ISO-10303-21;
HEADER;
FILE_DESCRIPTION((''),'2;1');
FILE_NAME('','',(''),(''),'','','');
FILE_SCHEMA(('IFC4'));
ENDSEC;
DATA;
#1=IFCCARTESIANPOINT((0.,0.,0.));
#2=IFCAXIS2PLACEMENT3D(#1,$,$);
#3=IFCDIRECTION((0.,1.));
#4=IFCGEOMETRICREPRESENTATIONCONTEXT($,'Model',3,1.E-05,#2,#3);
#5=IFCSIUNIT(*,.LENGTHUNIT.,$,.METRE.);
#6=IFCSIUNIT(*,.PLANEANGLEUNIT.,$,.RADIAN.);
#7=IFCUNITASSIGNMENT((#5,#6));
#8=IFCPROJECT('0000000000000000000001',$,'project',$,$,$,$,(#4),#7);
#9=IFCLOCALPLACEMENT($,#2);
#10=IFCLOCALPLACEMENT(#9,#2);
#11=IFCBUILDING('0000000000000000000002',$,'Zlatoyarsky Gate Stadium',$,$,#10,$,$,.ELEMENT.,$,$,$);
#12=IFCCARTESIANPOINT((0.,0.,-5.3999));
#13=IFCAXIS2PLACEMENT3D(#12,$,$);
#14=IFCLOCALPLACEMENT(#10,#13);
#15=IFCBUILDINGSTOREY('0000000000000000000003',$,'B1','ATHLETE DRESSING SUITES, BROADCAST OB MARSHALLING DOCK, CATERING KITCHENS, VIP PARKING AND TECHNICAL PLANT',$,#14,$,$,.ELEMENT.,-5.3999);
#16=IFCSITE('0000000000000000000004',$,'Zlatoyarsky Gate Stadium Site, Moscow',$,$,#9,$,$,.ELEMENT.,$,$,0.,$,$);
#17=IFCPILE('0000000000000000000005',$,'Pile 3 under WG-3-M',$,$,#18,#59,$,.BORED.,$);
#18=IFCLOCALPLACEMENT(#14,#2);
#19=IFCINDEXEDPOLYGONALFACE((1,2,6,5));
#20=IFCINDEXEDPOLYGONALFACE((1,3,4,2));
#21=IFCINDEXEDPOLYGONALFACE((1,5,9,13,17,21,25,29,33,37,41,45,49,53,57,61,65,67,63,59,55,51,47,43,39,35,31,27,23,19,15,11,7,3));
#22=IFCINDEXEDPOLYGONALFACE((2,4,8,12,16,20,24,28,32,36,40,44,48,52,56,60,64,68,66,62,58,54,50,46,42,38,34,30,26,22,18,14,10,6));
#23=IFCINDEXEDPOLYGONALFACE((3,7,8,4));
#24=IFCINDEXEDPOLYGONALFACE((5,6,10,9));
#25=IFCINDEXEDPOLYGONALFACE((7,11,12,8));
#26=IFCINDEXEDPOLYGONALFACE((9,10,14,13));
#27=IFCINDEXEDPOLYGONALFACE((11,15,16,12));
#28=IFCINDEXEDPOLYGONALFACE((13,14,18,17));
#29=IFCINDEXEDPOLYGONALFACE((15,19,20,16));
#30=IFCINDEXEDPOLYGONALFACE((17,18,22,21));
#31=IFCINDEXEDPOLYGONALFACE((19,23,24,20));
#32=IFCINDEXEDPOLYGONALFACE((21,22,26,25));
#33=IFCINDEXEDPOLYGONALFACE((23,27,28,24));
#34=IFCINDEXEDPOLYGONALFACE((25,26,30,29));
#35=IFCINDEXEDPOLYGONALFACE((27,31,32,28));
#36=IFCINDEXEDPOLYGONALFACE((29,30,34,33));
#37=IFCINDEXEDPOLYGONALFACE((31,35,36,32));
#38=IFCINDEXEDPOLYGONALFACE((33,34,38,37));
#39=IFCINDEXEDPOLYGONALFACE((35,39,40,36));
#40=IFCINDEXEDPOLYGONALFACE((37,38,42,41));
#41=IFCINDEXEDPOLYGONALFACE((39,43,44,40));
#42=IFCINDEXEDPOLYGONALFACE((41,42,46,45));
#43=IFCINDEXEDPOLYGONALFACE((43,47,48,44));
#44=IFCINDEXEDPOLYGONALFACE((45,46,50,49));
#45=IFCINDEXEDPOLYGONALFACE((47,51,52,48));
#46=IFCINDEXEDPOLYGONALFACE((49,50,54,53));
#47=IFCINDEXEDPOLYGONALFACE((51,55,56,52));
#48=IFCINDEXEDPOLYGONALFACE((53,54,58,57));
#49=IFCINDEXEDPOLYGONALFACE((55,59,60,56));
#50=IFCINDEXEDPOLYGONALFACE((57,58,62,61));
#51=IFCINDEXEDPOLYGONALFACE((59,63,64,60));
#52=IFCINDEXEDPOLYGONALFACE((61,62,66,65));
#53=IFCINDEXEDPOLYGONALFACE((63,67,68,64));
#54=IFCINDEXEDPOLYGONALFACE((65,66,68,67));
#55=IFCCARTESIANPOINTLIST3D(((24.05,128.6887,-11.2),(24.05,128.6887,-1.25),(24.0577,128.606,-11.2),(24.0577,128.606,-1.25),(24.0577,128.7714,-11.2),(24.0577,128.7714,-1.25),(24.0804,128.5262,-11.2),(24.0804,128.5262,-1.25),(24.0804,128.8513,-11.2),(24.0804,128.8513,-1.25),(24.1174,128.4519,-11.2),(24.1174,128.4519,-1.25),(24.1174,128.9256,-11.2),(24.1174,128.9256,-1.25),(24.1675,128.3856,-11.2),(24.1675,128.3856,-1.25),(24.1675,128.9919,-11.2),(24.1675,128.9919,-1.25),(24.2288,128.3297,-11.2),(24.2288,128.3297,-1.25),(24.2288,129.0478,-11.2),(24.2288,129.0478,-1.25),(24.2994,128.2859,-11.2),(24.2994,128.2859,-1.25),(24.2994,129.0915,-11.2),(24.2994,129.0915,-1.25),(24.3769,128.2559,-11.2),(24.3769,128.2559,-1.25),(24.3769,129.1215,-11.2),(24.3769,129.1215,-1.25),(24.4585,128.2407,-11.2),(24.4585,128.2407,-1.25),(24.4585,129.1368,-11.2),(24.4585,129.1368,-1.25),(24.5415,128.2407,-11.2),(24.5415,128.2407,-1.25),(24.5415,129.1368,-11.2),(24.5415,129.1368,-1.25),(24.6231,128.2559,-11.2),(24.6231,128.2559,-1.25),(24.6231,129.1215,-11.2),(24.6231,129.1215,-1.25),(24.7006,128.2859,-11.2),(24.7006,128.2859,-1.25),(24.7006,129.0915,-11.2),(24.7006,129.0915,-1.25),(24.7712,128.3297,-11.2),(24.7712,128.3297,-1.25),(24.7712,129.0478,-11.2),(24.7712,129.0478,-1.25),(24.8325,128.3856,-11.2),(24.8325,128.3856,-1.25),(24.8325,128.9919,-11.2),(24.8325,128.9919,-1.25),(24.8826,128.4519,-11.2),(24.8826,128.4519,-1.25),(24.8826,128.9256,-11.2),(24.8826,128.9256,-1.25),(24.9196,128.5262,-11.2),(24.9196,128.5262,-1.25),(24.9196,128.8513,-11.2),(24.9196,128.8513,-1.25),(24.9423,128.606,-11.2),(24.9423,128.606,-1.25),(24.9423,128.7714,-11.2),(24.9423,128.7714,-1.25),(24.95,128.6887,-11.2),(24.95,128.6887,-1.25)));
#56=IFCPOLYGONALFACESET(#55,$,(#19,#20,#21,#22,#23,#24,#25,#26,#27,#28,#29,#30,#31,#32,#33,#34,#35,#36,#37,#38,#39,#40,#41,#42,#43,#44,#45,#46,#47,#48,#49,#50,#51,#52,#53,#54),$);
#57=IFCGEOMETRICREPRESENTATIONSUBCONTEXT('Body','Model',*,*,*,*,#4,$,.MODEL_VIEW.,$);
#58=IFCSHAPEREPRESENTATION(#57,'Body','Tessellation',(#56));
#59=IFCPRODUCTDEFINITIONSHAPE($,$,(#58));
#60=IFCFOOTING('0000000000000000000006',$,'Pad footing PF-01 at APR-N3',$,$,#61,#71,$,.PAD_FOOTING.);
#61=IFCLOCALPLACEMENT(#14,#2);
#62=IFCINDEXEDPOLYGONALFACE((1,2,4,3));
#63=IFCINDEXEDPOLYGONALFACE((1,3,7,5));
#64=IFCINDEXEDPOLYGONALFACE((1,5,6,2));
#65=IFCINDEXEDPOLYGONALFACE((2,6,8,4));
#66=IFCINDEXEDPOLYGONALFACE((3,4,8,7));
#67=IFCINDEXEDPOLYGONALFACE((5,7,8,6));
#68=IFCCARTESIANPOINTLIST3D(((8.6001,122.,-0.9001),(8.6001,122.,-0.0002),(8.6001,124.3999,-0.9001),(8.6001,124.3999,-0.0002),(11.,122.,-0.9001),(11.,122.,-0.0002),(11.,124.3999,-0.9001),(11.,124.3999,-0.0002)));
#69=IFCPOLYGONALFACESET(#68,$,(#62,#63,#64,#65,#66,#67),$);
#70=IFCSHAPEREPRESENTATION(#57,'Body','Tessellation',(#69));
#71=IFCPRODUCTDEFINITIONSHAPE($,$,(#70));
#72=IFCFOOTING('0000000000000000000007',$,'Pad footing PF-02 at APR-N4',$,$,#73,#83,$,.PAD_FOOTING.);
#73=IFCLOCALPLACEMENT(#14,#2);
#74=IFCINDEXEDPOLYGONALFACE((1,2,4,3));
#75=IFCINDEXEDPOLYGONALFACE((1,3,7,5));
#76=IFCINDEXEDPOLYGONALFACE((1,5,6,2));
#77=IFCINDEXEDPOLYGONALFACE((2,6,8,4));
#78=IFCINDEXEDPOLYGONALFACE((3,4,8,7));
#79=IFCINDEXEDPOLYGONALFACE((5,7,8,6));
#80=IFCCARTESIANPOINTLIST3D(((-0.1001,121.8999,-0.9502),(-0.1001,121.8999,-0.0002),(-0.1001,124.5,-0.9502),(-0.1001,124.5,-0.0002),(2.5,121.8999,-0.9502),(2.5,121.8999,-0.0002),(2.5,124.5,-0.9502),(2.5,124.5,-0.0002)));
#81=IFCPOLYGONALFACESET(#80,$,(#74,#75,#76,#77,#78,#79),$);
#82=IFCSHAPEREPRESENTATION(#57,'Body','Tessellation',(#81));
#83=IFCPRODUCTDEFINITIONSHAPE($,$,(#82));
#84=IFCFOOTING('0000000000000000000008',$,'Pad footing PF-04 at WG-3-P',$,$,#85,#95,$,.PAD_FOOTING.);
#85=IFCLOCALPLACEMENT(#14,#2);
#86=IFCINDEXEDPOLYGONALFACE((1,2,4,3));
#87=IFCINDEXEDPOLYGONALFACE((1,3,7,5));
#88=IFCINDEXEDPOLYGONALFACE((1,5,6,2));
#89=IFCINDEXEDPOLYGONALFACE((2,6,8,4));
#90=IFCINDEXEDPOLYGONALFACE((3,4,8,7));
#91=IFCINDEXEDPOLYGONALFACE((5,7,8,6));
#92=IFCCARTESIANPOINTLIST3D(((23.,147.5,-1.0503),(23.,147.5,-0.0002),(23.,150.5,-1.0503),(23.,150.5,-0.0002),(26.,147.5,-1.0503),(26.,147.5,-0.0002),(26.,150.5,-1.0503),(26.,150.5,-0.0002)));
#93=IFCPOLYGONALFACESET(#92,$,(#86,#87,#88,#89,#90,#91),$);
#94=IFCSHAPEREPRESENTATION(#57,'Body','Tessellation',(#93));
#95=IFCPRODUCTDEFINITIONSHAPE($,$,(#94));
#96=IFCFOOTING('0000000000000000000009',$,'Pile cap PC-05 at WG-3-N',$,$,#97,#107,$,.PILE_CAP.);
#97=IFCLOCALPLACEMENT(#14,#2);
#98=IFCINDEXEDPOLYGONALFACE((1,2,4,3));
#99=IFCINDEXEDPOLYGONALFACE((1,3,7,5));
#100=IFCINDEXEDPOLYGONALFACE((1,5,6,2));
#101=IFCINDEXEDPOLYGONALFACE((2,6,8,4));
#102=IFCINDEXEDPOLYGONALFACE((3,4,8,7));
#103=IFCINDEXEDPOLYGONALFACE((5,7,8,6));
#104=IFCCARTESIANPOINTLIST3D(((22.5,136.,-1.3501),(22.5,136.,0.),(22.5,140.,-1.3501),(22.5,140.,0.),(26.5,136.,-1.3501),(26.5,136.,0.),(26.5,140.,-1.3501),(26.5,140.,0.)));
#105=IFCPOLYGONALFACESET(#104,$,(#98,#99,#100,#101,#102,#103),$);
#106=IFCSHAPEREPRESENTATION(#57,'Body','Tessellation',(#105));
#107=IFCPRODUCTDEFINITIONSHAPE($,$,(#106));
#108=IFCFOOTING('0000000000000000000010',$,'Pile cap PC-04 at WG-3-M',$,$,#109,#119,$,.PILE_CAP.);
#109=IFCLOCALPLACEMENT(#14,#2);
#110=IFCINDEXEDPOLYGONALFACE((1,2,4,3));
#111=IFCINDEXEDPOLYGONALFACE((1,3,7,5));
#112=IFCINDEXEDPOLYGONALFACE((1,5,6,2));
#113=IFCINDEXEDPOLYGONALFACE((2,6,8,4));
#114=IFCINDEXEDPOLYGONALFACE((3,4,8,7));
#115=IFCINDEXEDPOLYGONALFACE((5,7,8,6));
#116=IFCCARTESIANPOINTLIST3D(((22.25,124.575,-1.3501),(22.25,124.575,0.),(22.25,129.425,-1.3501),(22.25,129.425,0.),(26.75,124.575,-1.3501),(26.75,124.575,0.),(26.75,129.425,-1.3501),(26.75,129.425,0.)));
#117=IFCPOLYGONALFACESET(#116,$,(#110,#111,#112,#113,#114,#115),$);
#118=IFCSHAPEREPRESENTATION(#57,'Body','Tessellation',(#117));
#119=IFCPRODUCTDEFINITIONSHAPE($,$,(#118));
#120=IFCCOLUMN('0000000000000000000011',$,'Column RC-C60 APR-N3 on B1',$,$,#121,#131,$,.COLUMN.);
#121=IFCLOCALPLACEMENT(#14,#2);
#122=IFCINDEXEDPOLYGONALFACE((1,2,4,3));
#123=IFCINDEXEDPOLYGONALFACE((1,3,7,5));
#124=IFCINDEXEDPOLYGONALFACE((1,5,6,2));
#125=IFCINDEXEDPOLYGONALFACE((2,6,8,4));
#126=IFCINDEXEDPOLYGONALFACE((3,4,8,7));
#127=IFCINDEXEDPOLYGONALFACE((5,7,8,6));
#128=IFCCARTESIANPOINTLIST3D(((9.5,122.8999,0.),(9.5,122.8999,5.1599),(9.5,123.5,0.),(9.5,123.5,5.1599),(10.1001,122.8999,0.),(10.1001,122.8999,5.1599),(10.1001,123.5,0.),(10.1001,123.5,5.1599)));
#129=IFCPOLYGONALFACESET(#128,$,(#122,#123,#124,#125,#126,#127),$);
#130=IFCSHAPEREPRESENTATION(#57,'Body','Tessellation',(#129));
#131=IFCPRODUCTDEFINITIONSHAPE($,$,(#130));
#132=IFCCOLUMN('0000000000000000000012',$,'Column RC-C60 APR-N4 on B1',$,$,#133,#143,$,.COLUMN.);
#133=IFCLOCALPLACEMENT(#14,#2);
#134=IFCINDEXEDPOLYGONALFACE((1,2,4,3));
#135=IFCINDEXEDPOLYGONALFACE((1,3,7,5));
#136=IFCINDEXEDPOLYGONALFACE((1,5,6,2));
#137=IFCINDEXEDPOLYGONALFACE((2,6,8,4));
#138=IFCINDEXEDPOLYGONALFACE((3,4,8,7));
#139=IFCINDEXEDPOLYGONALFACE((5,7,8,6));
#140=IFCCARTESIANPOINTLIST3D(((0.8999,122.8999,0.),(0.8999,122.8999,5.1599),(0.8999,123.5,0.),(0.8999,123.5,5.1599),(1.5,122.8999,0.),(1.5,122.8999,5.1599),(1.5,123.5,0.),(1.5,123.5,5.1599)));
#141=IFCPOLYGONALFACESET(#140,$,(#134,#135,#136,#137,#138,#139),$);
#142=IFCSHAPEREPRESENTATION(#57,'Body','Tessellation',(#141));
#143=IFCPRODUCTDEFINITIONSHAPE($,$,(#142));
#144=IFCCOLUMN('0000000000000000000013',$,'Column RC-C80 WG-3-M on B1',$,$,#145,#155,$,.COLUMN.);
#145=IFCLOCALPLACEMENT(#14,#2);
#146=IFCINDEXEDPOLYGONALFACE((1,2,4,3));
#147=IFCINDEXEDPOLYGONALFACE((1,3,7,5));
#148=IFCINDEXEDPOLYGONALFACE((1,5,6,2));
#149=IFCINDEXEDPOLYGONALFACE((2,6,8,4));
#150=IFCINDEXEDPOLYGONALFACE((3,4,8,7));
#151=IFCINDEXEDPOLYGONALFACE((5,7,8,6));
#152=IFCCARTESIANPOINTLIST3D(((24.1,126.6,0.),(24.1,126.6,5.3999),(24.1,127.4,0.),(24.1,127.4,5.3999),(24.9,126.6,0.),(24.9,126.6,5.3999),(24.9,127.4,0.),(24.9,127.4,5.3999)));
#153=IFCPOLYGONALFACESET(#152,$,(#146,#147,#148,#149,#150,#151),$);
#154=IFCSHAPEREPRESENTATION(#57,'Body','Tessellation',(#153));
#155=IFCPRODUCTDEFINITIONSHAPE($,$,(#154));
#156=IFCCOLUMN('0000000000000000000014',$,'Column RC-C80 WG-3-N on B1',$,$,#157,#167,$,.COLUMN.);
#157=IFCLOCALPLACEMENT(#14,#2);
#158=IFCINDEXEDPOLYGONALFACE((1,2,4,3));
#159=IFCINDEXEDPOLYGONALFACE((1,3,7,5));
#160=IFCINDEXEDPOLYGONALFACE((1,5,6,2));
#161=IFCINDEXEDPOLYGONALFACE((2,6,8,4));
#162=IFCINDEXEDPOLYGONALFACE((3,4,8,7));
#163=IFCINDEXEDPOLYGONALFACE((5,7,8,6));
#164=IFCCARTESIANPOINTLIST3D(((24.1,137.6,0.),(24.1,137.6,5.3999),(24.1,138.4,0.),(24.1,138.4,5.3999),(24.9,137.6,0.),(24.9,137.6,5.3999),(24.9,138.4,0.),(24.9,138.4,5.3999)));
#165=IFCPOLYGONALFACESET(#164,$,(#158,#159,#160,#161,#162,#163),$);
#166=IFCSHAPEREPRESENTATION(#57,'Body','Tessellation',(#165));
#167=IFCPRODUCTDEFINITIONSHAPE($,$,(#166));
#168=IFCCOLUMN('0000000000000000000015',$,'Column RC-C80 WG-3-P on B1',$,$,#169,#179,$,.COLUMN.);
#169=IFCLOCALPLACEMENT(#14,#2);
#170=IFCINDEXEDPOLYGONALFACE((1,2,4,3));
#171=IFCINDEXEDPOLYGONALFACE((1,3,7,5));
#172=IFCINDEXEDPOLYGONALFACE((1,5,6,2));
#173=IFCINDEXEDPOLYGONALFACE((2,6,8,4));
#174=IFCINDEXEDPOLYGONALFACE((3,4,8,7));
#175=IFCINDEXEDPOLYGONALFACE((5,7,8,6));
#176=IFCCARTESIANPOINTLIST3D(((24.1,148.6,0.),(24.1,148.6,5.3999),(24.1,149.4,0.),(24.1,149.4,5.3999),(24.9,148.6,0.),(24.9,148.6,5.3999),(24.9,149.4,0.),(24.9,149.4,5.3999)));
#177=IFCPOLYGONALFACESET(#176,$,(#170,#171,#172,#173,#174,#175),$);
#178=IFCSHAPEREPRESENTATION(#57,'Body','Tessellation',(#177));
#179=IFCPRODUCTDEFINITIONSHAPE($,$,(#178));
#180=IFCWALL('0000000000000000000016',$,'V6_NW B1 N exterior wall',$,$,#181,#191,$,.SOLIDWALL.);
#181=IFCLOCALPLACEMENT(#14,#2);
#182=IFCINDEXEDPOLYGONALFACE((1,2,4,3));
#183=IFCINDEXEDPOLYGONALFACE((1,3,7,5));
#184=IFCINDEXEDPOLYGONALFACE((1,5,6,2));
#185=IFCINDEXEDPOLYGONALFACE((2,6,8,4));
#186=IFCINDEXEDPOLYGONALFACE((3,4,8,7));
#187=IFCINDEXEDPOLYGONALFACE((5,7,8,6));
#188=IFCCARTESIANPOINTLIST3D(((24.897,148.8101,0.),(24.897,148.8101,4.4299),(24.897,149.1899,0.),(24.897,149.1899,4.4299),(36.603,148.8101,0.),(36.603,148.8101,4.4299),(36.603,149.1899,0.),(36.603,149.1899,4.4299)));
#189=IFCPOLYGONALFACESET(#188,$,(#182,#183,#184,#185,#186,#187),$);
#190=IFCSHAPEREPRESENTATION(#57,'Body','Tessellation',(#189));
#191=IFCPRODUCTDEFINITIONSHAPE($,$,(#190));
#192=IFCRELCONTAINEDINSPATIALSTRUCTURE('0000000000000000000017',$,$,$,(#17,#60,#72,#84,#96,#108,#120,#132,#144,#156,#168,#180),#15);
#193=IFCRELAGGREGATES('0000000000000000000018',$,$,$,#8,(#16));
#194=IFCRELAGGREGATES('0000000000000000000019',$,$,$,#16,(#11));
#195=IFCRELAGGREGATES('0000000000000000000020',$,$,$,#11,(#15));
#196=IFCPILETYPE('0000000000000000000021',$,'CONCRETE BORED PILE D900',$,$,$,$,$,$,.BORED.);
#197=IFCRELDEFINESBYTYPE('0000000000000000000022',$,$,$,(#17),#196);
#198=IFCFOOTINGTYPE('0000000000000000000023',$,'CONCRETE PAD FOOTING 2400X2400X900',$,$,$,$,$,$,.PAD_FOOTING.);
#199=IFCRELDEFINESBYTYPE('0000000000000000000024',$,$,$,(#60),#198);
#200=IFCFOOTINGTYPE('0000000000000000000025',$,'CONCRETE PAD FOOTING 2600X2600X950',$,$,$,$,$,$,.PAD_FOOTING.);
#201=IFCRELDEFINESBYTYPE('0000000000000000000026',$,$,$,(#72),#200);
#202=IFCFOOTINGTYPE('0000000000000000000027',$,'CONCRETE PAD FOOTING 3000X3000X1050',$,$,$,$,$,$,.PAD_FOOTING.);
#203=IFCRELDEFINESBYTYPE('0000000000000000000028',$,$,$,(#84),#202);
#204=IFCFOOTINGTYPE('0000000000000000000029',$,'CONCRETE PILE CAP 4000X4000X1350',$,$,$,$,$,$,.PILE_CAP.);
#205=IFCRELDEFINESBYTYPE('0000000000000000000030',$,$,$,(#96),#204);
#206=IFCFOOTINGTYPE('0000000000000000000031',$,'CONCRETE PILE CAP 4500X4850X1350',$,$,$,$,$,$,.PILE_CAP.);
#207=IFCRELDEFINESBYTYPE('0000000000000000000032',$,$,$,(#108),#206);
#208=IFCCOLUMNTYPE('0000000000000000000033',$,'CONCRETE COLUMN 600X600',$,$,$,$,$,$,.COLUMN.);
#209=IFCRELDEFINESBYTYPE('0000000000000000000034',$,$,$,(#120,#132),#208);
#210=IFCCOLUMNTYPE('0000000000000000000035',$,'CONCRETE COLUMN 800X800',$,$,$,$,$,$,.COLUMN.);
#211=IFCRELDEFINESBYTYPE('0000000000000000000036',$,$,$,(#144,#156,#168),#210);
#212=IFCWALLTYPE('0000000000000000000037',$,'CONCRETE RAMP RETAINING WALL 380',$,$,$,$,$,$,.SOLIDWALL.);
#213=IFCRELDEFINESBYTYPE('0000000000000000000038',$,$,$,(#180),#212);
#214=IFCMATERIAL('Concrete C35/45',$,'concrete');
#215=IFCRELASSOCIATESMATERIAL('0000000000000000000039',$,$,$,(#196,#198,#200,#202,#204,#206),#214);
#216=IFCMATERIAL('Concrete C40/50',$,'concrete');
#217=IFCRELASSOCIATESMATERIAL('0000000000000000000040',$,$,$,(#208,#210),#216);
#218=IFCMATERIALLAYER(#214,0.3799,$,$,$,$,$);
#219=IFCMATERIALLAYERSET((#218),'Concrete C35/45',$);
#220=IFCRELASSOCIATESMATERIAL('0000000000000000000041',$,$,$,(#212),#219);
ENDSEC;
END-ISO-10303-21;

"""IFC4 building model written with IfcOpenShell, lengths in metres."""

from ifc_helpers import new_model, si_unit, direction, frame, frame_2d, origin, origin_2d, place, context, subcontext, project, spatial, rectangle, circle, extrude, material, layer, layer_set, material_profile, profile_set, type_object, element, save


model = new_model("IFC4")

# Units and contexts
model_context = context("Model", 3, precision=1e-05, world=origin(), true_north=direction((0.0, 1.0)))
body_context = subcontext(model_context, "Body", "Model", "MODEL_VIEW")
ifc_project = project(units=[si_unit("LENGTHUNIT", "METRE"), si_unit("PLANEANGLEUNIT", "RADIAN")], contexts=[model_context])

# Site, building, storey
site_placement = place(None, origin())
site = spatial("IfcSite", under=ifc_project, at=site_placement, Name="Zlatoyarsky Gate Stadium Site, Moscow", CompositionType="ELEMENT", RefElevation=0.0)
building_placement = place(site_placement, origin())
building = spatial("IfcBuilding", under=site, at=building_placement, Name="Zlatoyarsky Gate Stadium", CompositionType="ELEMENT")
storey_placement = place(building_placement, frame((0.0, 0.0, -5.3999)))
storey = spatial("IfcBuildingStorey", under=building, at=storey_placement, Name="B1", Description="ATHLETE DRESSING SUITES, BROADCAST OB MARSHALLING DOCK, CATERING KITCHENS, VIP PARKING AND TECHNICAL PLANT", CompositionType="ELEMENT", Elevation=-5.3999)

# Pile
ifc_material_1 = material(Name="Concrete C35/45", Category="concrete")
ifc_material_profile_1 = material_profile(ifc_material_1, circle(Radius=0.45, at=origin_2d()), Name="BORED PILE D900")
ifc_profile_set_1 = profile_set([ifc_material_profile_1], Name="Concrete C35/45")
pile_type_1 = type_object("IfcPileType", Name="CONCRETE BORED PILE D900", PredefinedType="BORED", material=ifc_profile_set_1)
for number, where, z_axis, x_axis, name in (
    (1, (24.5, 128.6887, -1.25), (0.0, 0.0, -1.0), (1.0, 0.0, 0.0), "Pile 3 under WG-3-M"),
):
    element("IfcPile", number, at=place(storey_placement, frame(where, z_axis=z_axis, x_axis=x_axis)), inside=storey, type_object=pile_type_1, Name=name, PredefinedType="BORED", context=body_context, shape_type="SweptSolid", body=[
        extrude(circle(Radius=0.45, at=origin_2d()), origin(), (0.0, 0.0, 1.0), 9.95),
    ])

# Footings
footing_type_1 = type_object("IfcFootingType", Name="CONCRETE PAD FOOTING 2400X2400X900", PredefinedType="PAD_FOOTING", material=ifc_material_1)
footing_1_placement = place(storey_placement, frame((9.8, 123.2, -0.9001), z_axis=(0.0, 0.0, 1.0), x_axis=(1.0, 0.0, 0.0)))
element("IfcFooting", 2, at=footing_1_placement, inside=storey, type_object=footing_type_1, Name="Pad footing PF-01 at APR-N3", PredefinedType="PAD_FOOTING", context=body_context, shape_type="SweptSolid", body=[
    extrude(rectangle(XDim=2.3999, YDim=2.3999, at=origin_2d()), origin(), (0.0, 0.0, 1.0), 0.8999),
])
footing_type_2 = type_object("IfcFootingType", Name="CONCRETE PAD FOOTING 2600X2600X950", PredefinedType="PAD_FOOTING", material=ifc_material_1)
footing_2_placement = place(storey_placement, frame((1.2, 123.2, -0.9502), z_axis=(0.0, 0.0, 1.0), x_axis=(1.0, 0.0, 0.0)))
element("IfcFooting", 3, at=footing_2_placement, inside=storey, type_object=footing_type_2, Name="Pad footing PF-02 at APR-N4", PredefinedType="PAD_FOOTING", context=body_context, shape_type="SweptSolid", body=[
    extrude(rectangle(XDim=2.6001, YDim=2.6001, at=origin_2d()), origin(), (0.0, 0.0, 1.0), 0.95),
])
footing_type_3 = type_object("IfcFootingType", Name="CONCRETE PAD FOOTING 3000X3000X1050", PredefinedType="PAD_FOOTING", material=ifc_material_1)
footing_3_placement = place(storey_placement, frame((24.5, 149.0, -1.0503), z_axis=(0.0, 0.0, 1.0), x_axis=(1.0, 0.0, 0.0)))
element("IfcFooting", 4, at=footing_3_placement, inside=storey, type_object=footing_type_3, Name="Pad footing PF-04 at WG-3-P", PredefinedType="PAD_FOOTING", context=body_context, shape_type="SweptSolid", body=[
    extrude(rectangle(XDim=3.0, YDim=3.0, at=origin_2d()), origin(), (0.0, 0.0, 1.0), 1.05),
])
footing_type_4 = type_object("IfcFootingType", Name="CONCRETE PILE CAP 4000X4000X1350", PredefinedType="PILE_CAP", material=ifc_material_1)
footing_4_placement = place(storey_placement, frame((24.5, 138.0, -1.3501), z_axis=(0.0, 0.0, 1.0), x_axis=(1.0, 0.0, 0.0)))
element("IfcFooting", 5, at=footing_4_placement, inside=storey, type_object=footing_type_4, Name="Pile cap PC-05 at WG-3-N", PredefinedType="PILE_CAP", context=body_context, shape_type="SweptSolid", body=[
    extrude(rectangle(XDim=4.0, YDim=4.0, at=origin_2d()), origin(), (0.0, 0.0, 1.0), 1.3501),
])
footing_type_5 = type_object("IfcFootingType", Name="CONCRETE PILE CAP 4500X4850X1350", PredefinedType="PILE_CAP", material=ifc_material_1)
footing_5_placement = place(storey_placement, frame((24.5, 127.0, -1.3501), z_axis=(0.0, 0.0, 1.0), x_axis=(1.0, 0.0, 0.0)))
element("IfcFooting", 6, at=footing_5_placement, inside=storey, type_object=footing_type_5, Name="Pile cap PC-04 at WG-3-M", PredefinedType="PILE_CAP", context=body_context, shape_type="SweptSolid", body=[
    extrude(rectangle(XDim=4.5, YDim=4.8501, at=origin_2d()), origin(), (0.0, 0.0, 1.0), 1.3501),
])

# Columns
ifc_material_2 = material(Name="Concrete C40/50", Category="concrete")
ifc_material_profile_2 = material_profile(ifc_material_2, rectangle(XDim=0.6001, YDim=0.6001, at=origin_2d()), Name="RC COL 600X600")
ifc_profile_set_2 = profile_set([ifc_material_profile_2], Name="Concrete C40/50")
column_type_1 = type_object("IfcColumnType", Name="CONCRETE COLUMN 600X600", PredefinedType="COLUMN", material=ifc_profile_set_2)
for number, where, z_axis, x_axis, name in (
    (7, (9.8, 123.2, 0.0), (0.0, 0.0, 1.0), (1.0, 0.0, 0.0), "Column RC-C60 APR-N3 on B1"),
    (8, (1.2, 123.2, 0.0), (0.0, 0.0, 1.0), (1.0, 0.0, 0.0), "Column RC-C60 APR-N4 on B1"),
):
    element("IfcColumn", number, at=place(storey_placement, frame(where, z_axis=z_axis, x_axis=x_axis)), inside=storey, type_object=column_type_1, Name=name, PredefinedType="COLUMN", context=body_context, shape_type="SweptSolid", body=[
        extrude(rectangle(XDim=0.6001, YDim=0.6001, at=origin_2d()), origin(), (0.0, 0.0, 1.0), 5.1599),
    ])
ifc_material_profile_3 = material_profile(ifc_material_2, rectangle(XDim=0.8, YDim=0.8, at=origin_2d()), Name="RC COL 800X800")
ifc_profile_set_3 = profile_set([ifc_material_profile_3], Name="Concrete C40/50")
column_type_2 = type_object("IfcColumnType", Name="CONCRETE COLUMN 800X800", PredefinedType="COLUMN", material=ifc_profile_set_3)
for number, where, z_axis, x_axis, name in (
    (9, (24.5, 127.0, 0.0), (0.0, 0.0, 1.0), (1.0, 0.0, 0.0), "Column RC-C80 WG-3-M on B1"),
    (10, (24.5, 138.0, 0.0), (0.0, 0.0, 1.0), (1.0, 0.0, 0.0), "Column RC-C80 WG-3-N on B1"),
    (11, (24.5, 149.0, 0.0), (0.0, 0.0, 1.0), (1.0, 0.0, 0.0), "Column RC-C80 WG-3-P on B1"),
):
    element("IfcColumn", number, at=place(storey_placement, frame(where, z_axis=z_axis, x_axis=x_axis)), inside=storey, type_object=column_type_2, Name=name, PredefinedType="COLUMN", context=body_context, shape_type="SweptSolid", body=[
        extrude(rectangle(XDim=0.8, YDim=0.8, at=origin_2d()), origin(), (0.0, 0.0, 1.0), 5.3999),
    ])

# Wall
ifc_layer_1 = layer(ifc_material_1, 0.3799)
ifc_layer_set_1 = layer_set([ifc_layer_1], Name="Concrete C35/45")
wall_type_1 = type_object("IfcWallType", Name="CONCRETE RAMP RETAINING WALL 380", PredefinedType="SOLIDWALL", material=ifc_layer_set_1)
wall_1_placement = place(storey_placement, frame((24.897, 149.0, 0.0), z_axis=(0.0, 0.0, 1.0), x_axis=(1.0, 0.0, 0.0)))
element("IfcWall", 12, at=wall_1_placement, inside=storey, type_object=wall_type_1, Name="V6_NW B1 N exterior wall", PredefinedType="SOLIDWALL", context=body_context, shape_type="SweptSolid", body=[
    extrude(rectangle(XDim=11.7061, YDim=0.3799, at=frame_2d((5.853, 0.0))), origin(), (0.0, 0.0, 1.0), 4.4299),
])

save(model, "model.ifc")
